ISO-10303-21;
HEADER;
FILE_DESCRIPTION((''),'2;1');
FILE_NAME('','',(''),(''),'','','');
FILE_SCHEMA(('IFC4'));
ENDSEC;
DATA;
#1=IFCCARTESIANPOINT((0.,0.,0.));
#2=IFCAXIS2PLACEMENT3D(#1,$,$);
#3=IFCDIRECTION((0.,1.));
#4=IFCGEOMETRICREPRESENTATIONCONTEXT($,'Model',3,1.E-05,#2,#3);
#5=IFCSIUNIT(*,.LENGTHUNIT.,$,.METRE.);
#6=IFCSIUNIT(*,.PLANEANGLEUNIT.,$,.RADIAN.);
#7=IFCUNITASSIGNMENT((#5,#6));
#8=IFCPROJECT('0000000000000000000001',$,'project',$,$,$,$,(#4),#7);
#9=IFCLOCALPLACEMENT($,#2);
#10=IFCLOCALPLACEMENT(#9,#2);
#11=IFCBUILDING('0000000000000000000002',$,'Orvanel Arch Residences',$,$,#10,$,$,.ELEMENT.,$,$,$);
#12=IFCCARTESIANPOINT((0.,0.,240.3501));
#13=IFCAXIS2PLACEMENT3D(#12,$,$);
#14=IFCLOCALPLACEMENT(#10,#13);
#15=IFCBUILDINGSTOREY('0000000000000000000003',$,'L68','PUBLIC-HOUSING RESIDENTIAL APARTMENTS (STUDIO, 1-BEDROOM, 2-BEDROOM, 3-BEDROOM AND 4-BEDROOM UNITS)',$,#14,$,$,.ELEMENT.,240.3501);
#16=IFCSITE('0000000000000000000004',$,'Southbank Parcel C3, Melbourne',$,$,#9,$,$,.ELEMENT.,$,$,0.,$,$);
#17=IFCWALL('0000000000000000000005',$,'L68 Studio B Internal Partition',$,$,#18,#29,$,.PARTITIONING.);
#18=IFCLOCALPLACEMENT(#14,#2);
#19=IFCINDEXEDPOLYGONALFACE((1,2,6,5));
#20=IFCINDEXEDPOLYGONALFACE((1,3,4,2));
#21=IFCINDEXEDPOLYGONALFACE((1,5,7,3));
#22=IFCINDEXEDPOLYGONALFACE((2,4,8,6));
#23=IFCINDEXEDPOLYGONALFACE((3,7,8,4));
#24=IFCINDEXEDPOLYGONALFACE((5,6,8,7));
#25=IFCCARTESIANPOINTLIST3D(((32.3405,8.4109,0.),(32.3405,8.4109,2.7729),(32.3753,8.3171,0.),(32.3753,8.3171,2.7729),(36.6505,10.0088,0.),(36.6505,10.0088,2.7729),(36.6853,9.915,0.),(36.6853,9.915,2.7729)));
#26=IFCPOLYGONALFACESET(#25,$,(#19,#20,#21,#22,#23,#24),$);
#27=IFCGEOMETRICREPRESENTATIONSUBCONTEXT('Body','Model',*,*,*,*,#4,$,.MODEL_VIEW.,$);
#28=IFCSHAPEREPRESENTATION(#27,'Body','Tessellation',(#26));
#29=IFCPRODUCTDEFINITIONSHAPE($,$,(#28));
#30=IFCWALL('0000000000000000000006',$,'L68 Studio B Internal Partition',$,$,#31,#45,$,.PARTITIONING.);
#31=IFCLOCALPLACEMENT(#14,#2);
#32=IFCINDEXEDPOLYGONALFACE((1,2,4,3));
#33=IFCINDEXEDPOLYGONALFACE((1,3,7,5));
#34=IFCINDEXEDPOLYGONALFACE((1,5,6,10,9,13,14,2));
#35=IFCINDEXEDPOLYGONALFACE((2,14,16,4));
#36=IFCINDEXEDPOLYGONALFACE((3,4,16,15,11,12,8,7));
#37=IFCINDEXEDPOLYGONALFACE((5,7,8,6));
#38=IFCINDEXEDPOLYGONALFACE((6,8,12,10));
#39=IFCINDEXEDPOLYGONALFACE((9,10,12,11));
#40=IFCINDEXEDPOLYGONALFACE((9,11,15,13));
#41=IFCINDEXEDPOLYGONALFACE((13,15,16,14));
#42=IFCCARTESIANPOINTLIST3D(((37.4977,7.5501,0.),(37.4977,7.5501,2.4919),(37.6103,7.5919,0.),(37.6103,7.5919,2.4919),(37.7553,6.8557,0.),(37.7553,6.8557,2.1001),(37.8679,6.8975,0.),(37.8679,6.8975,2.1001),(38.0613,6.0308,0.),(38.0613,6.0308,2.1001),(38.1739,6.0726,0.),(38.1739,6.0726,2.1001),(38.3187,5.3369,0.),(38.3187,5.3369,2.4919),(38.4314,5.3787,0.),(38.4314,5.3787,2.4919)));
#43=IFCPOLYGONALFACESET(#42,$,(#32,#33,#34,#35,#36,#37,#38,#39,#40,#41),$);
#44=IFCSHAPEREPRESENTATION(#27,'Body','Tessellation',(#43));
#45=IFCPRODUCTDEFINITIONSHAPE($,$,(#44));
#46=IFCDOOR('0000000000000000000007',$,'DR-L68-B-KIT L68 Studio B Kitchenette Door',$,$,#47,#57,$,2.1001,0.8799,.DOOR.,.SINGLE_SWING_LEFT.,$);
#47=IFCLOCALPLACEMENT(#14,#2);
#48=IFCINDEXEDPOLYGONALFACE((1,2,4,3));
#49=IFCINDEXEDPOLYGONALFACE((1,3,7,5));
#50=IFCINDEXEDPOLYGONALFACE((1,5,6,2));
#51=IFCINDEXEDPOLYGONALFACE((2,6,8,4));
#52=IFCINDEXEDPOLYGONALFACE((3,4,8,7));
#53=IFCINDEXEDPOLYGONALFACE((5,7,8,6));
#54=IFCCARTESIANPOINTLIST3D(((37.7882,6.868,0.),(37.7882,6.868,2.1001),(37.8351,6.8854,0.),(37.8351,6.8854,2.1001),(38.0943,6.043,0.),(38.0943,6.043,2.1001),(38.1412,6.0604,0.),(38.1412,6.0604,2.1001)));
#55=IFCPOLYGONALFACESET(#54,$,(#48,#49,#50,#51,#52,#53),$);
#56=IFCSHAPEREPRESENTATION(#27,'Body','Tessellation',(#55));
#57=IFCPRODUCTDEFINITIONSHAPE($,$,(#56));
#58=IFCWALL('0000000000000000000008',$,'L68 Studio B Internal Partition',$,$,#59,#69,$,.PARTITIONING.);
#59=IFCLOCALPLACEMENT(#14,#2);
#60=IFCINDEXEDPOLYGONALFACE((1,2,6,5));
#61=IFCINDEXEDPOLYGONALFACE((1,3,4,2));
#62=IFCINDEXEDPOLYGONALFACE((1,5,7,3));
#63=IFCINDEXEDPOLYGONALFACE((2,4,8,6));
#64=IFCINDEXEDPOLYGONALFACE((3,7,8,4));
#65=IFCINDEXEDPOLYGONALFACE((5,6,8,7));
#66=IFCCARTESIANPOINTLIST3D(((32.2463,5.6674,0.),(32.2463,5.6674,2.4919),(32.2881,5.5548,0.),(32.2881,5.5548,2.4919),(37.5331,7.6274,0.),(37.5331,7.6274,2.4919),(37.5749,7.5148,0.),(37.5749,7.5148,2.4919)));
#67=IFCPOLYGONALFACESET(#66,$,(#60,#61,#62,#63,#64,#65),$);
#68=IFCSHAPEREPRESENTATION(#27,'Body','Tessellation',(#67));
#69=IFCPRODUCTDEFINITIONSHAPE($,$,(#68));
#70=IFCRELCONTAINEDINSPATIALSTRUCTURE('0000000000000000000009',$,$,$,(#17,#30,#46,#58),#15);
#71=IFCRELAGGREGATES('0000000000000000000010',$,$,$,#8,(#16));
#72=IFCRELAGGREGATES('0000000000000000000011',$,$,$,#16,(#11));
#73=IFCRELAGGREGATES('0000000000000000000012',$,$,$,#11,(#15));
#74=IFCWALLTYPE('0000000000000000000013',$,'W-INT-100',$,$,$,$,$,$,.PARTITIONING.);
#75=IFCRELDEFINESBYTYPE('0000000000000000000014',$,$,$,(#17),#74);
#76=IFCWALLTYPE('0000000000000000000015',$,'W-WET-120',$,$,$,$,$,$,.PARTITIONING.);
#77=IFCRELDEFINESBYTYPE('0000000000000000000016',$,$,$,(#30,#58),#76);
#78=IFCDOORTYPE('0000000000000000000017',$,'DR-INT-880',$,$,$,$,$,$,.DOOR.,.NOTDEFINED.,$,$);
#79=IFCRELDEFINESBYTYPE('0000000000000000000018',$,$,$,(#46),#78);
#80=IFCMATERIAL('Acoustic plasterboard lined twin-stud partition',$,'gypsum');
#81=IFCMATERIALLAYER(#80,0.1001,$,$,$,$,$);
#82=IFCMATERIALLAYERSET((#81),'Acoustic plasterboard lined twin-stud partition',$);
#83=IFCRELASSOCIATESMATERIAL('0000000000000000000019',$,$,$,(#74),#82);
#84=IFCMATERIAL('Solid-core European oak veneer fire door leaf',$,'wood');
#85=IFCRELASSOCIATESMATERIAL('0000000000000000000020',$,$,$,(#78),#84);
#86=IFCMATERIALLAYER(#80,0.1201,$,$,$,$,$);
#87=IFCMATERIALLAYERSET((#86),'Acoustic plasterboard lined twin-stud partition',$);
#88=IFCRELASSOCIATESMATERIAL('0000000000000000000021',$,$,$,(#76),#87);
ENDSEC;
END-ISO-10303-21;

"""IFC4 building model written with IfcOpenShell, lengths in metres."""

from ifc_helpers import new_model, si_unit, direction, frame, frame_2d, origin, place, context, subcontext, project, spatial, rectangle, extrude, material, layer, layer_set, type_object, element, fill, save


model = new_model("IFC4")

# Units and contexts
model_context = context("Model", 3, precision=1e-05, world=origin(), true_north=direction((0.0, 1.0)))
body_context = subcontext(model_context, "Body", "Model", "MODEL_VIEW")
ifc_project = project(units=[si_unit("LENGTHUNIT", "METRE"), si_unit("PLANEANGLEUNIT", "RADIAN")], contexts=[model_context])

# Site, building, storey
site_placement = place(None, origin())
site = spatial("IfcSite", under=ifc_project, at=site_placement, Name="Southbank Parcel C3, Melbourne", CompositionType="ELEMENT", RefElevation=0.0)
building_placement = place(site_placement, origin())
building = spatial("IfcBuilding", under=site, at=building_placement, Name="Orvanel Arch Residences", CompositionType="ELEMENT")
storey_placement = place(building_placement, frame((0.0, 0.0, 240.3501)))
storey = spatial("IfcBuildingStorey", under=building, at=storey_placement, Name="L68", Description="PUBLIC-HOUSING RESIDENTIAL APARTMENTS (STUDIO, 1-BEDROOM, 2-BEDROOM, 3-BEDROOM AND 4-BEDROOM UNITS)", CompositionType="ELEMENT", Elevation=240.3501)

# Shared definitions
ifc_material_1 = material(Name="Acoustic plasterboard lined twin-stud partition", Category="gypsum")
ifc_layer_1 = layer(ifc_material_1, 0.1001)
ifc_layer_set_1 = layer_set([ifc_layer_1], Name="Acoustic plasterboard lined twin-stud partition")
wall_type_1 = type_object("IfcWallType", Name="W-INT-100", PredefinedType="PARTITIONING", material=ifc_layer_set_1)
ifc_material_2 = material(Name="Solid-core European oak veneer fire door leaf", Category="wood")
door_type = type_object("IfcDoorType", Name="DR-INT-880", OperationType="NOTDEFINED", PredefinedType="DOOR", material=ifc_material_2)

# Wall
wall_1_placement = place(storey_placement, frame((32.3579, 8.364, 0.0), z_axis=(0.0, 0.0, 1.0), x_axis=(0.937637, 0.347617, 0.0)))
element("IfcWall", 1, at=wall_1_placement, inside=storey, type_object=wall_type_1, Name="L68 Studio B Internal Partition", PredefinedType="PARTITIONING", context=body_context, shape_type="SweptSolid", body=[
    extrude(rectangle(XDim=4.5967, YDim=0.1001, at=frame_2d((2.2983, 0.0))), origin(), (0.0, 0.0, 1.0), 2.7729),
])

# Wall, opening, door
ifc_layer_2 = layer(ifc_material_1, 0.1201)
ifc_layer_set_2 = layer_set([ifc_layer_2], Name="Acoustic plasterboard lined twin-stud partition")
wall_type_2 = type_object("IfcWallType", Name="W-WET-120", PredefinedType="PARTITIONING", material=ifc_layer_set_2)
wall_2_placement = place(storey_placement, frame((38.375, 5.3579, 0.0), z_axis=(0.0, 0.0, 1.0), x_axis=(-0.347823, 0.93756, 0.0)))
wall_2 = element("IfcWall", 2, at=wall_2_placement, inside=storey, type_object=wall_type_2, Name="L68 Studio B Internal Partition", PredefinedType="PARTITIONING", context=body_context, shape_type="SweptSolid", body=[
    extrude(rectangle(XDim=2.3606, YDim=0.1201, at=frame_2d((1.1802, 0.0))), origin(), (0.0, 0.0, 1.0), 2.4919),
])
opening_1_placement = place(wall_2_placement, frame((0.74, 0.0, 0.0)))
opening_1 = element("IfcOpeningElement", 3, at=opening_1_placement, cuts=wall_2, PredefinedType="OPENING", context=body_context, shape_type="SweptSolid", body=[
    extrude(rectangle(XDim=0.8799, YDim=2.1001, at=frame_2d((0.4399, 1.05))), frame((0.0, 0.0701, 0.0), z_axis=(0.0, -1.0, 0.0), x_axis=(1.0, 0.0, 0.0)), (0.0, 0.0, 1.0), 0.1401),
])
door_1_placement = place(opening_1_placement, origin())
door_1 = element("IfcDoor", 4, at=door_1_placement, inside=storey, type_object=door_type, Name="DR-L68-B-KIT L68 Studio B Kitchenette Door", OperationType="SINGLE_SWING_LEFT", OverallHeight=2.1001, OverallWidth=0.8799, PredefinedType="DOOR", context=body_context, shape_type="SweptSolid", body=[
    extrude(rectangle(XDim=0.8799, YDim=2.1001, at=frame_2d((0.4399, 1.05))), frame((0.0, 0.0249, 0.0), z_axis=(0.0, -1.0, 0.0), x_axis=(1.0, 0.0, 0.0)), (0.0, 0.0, 1.0), 0.05),
])
fill(opening_1, door_1)

# Wall
wall_3_placement = place(storey_placement, frame((32.2671, 5.6111, 0.0), z_axis=(0.0, 0.0, 1.0), x_axis=(0.937641, 0.347605, 0.0)))
element("IfcWall", 5, at=wall_3_placement, inside=storey, type_object=wall_type_2, Name="L68 Studio B Internal Partition", PredefinedType="PARTITIONING", context=body_context, shape_type="SweptSolid", body=[
    extrude(rectangle(XDim=5.6384, YDim=0.1201, at=frame_2d((2.8193, 0.0))), origin(), (0.0, 0.0, 1.0), 2.4919),
])

save(model, "model.ifc")
